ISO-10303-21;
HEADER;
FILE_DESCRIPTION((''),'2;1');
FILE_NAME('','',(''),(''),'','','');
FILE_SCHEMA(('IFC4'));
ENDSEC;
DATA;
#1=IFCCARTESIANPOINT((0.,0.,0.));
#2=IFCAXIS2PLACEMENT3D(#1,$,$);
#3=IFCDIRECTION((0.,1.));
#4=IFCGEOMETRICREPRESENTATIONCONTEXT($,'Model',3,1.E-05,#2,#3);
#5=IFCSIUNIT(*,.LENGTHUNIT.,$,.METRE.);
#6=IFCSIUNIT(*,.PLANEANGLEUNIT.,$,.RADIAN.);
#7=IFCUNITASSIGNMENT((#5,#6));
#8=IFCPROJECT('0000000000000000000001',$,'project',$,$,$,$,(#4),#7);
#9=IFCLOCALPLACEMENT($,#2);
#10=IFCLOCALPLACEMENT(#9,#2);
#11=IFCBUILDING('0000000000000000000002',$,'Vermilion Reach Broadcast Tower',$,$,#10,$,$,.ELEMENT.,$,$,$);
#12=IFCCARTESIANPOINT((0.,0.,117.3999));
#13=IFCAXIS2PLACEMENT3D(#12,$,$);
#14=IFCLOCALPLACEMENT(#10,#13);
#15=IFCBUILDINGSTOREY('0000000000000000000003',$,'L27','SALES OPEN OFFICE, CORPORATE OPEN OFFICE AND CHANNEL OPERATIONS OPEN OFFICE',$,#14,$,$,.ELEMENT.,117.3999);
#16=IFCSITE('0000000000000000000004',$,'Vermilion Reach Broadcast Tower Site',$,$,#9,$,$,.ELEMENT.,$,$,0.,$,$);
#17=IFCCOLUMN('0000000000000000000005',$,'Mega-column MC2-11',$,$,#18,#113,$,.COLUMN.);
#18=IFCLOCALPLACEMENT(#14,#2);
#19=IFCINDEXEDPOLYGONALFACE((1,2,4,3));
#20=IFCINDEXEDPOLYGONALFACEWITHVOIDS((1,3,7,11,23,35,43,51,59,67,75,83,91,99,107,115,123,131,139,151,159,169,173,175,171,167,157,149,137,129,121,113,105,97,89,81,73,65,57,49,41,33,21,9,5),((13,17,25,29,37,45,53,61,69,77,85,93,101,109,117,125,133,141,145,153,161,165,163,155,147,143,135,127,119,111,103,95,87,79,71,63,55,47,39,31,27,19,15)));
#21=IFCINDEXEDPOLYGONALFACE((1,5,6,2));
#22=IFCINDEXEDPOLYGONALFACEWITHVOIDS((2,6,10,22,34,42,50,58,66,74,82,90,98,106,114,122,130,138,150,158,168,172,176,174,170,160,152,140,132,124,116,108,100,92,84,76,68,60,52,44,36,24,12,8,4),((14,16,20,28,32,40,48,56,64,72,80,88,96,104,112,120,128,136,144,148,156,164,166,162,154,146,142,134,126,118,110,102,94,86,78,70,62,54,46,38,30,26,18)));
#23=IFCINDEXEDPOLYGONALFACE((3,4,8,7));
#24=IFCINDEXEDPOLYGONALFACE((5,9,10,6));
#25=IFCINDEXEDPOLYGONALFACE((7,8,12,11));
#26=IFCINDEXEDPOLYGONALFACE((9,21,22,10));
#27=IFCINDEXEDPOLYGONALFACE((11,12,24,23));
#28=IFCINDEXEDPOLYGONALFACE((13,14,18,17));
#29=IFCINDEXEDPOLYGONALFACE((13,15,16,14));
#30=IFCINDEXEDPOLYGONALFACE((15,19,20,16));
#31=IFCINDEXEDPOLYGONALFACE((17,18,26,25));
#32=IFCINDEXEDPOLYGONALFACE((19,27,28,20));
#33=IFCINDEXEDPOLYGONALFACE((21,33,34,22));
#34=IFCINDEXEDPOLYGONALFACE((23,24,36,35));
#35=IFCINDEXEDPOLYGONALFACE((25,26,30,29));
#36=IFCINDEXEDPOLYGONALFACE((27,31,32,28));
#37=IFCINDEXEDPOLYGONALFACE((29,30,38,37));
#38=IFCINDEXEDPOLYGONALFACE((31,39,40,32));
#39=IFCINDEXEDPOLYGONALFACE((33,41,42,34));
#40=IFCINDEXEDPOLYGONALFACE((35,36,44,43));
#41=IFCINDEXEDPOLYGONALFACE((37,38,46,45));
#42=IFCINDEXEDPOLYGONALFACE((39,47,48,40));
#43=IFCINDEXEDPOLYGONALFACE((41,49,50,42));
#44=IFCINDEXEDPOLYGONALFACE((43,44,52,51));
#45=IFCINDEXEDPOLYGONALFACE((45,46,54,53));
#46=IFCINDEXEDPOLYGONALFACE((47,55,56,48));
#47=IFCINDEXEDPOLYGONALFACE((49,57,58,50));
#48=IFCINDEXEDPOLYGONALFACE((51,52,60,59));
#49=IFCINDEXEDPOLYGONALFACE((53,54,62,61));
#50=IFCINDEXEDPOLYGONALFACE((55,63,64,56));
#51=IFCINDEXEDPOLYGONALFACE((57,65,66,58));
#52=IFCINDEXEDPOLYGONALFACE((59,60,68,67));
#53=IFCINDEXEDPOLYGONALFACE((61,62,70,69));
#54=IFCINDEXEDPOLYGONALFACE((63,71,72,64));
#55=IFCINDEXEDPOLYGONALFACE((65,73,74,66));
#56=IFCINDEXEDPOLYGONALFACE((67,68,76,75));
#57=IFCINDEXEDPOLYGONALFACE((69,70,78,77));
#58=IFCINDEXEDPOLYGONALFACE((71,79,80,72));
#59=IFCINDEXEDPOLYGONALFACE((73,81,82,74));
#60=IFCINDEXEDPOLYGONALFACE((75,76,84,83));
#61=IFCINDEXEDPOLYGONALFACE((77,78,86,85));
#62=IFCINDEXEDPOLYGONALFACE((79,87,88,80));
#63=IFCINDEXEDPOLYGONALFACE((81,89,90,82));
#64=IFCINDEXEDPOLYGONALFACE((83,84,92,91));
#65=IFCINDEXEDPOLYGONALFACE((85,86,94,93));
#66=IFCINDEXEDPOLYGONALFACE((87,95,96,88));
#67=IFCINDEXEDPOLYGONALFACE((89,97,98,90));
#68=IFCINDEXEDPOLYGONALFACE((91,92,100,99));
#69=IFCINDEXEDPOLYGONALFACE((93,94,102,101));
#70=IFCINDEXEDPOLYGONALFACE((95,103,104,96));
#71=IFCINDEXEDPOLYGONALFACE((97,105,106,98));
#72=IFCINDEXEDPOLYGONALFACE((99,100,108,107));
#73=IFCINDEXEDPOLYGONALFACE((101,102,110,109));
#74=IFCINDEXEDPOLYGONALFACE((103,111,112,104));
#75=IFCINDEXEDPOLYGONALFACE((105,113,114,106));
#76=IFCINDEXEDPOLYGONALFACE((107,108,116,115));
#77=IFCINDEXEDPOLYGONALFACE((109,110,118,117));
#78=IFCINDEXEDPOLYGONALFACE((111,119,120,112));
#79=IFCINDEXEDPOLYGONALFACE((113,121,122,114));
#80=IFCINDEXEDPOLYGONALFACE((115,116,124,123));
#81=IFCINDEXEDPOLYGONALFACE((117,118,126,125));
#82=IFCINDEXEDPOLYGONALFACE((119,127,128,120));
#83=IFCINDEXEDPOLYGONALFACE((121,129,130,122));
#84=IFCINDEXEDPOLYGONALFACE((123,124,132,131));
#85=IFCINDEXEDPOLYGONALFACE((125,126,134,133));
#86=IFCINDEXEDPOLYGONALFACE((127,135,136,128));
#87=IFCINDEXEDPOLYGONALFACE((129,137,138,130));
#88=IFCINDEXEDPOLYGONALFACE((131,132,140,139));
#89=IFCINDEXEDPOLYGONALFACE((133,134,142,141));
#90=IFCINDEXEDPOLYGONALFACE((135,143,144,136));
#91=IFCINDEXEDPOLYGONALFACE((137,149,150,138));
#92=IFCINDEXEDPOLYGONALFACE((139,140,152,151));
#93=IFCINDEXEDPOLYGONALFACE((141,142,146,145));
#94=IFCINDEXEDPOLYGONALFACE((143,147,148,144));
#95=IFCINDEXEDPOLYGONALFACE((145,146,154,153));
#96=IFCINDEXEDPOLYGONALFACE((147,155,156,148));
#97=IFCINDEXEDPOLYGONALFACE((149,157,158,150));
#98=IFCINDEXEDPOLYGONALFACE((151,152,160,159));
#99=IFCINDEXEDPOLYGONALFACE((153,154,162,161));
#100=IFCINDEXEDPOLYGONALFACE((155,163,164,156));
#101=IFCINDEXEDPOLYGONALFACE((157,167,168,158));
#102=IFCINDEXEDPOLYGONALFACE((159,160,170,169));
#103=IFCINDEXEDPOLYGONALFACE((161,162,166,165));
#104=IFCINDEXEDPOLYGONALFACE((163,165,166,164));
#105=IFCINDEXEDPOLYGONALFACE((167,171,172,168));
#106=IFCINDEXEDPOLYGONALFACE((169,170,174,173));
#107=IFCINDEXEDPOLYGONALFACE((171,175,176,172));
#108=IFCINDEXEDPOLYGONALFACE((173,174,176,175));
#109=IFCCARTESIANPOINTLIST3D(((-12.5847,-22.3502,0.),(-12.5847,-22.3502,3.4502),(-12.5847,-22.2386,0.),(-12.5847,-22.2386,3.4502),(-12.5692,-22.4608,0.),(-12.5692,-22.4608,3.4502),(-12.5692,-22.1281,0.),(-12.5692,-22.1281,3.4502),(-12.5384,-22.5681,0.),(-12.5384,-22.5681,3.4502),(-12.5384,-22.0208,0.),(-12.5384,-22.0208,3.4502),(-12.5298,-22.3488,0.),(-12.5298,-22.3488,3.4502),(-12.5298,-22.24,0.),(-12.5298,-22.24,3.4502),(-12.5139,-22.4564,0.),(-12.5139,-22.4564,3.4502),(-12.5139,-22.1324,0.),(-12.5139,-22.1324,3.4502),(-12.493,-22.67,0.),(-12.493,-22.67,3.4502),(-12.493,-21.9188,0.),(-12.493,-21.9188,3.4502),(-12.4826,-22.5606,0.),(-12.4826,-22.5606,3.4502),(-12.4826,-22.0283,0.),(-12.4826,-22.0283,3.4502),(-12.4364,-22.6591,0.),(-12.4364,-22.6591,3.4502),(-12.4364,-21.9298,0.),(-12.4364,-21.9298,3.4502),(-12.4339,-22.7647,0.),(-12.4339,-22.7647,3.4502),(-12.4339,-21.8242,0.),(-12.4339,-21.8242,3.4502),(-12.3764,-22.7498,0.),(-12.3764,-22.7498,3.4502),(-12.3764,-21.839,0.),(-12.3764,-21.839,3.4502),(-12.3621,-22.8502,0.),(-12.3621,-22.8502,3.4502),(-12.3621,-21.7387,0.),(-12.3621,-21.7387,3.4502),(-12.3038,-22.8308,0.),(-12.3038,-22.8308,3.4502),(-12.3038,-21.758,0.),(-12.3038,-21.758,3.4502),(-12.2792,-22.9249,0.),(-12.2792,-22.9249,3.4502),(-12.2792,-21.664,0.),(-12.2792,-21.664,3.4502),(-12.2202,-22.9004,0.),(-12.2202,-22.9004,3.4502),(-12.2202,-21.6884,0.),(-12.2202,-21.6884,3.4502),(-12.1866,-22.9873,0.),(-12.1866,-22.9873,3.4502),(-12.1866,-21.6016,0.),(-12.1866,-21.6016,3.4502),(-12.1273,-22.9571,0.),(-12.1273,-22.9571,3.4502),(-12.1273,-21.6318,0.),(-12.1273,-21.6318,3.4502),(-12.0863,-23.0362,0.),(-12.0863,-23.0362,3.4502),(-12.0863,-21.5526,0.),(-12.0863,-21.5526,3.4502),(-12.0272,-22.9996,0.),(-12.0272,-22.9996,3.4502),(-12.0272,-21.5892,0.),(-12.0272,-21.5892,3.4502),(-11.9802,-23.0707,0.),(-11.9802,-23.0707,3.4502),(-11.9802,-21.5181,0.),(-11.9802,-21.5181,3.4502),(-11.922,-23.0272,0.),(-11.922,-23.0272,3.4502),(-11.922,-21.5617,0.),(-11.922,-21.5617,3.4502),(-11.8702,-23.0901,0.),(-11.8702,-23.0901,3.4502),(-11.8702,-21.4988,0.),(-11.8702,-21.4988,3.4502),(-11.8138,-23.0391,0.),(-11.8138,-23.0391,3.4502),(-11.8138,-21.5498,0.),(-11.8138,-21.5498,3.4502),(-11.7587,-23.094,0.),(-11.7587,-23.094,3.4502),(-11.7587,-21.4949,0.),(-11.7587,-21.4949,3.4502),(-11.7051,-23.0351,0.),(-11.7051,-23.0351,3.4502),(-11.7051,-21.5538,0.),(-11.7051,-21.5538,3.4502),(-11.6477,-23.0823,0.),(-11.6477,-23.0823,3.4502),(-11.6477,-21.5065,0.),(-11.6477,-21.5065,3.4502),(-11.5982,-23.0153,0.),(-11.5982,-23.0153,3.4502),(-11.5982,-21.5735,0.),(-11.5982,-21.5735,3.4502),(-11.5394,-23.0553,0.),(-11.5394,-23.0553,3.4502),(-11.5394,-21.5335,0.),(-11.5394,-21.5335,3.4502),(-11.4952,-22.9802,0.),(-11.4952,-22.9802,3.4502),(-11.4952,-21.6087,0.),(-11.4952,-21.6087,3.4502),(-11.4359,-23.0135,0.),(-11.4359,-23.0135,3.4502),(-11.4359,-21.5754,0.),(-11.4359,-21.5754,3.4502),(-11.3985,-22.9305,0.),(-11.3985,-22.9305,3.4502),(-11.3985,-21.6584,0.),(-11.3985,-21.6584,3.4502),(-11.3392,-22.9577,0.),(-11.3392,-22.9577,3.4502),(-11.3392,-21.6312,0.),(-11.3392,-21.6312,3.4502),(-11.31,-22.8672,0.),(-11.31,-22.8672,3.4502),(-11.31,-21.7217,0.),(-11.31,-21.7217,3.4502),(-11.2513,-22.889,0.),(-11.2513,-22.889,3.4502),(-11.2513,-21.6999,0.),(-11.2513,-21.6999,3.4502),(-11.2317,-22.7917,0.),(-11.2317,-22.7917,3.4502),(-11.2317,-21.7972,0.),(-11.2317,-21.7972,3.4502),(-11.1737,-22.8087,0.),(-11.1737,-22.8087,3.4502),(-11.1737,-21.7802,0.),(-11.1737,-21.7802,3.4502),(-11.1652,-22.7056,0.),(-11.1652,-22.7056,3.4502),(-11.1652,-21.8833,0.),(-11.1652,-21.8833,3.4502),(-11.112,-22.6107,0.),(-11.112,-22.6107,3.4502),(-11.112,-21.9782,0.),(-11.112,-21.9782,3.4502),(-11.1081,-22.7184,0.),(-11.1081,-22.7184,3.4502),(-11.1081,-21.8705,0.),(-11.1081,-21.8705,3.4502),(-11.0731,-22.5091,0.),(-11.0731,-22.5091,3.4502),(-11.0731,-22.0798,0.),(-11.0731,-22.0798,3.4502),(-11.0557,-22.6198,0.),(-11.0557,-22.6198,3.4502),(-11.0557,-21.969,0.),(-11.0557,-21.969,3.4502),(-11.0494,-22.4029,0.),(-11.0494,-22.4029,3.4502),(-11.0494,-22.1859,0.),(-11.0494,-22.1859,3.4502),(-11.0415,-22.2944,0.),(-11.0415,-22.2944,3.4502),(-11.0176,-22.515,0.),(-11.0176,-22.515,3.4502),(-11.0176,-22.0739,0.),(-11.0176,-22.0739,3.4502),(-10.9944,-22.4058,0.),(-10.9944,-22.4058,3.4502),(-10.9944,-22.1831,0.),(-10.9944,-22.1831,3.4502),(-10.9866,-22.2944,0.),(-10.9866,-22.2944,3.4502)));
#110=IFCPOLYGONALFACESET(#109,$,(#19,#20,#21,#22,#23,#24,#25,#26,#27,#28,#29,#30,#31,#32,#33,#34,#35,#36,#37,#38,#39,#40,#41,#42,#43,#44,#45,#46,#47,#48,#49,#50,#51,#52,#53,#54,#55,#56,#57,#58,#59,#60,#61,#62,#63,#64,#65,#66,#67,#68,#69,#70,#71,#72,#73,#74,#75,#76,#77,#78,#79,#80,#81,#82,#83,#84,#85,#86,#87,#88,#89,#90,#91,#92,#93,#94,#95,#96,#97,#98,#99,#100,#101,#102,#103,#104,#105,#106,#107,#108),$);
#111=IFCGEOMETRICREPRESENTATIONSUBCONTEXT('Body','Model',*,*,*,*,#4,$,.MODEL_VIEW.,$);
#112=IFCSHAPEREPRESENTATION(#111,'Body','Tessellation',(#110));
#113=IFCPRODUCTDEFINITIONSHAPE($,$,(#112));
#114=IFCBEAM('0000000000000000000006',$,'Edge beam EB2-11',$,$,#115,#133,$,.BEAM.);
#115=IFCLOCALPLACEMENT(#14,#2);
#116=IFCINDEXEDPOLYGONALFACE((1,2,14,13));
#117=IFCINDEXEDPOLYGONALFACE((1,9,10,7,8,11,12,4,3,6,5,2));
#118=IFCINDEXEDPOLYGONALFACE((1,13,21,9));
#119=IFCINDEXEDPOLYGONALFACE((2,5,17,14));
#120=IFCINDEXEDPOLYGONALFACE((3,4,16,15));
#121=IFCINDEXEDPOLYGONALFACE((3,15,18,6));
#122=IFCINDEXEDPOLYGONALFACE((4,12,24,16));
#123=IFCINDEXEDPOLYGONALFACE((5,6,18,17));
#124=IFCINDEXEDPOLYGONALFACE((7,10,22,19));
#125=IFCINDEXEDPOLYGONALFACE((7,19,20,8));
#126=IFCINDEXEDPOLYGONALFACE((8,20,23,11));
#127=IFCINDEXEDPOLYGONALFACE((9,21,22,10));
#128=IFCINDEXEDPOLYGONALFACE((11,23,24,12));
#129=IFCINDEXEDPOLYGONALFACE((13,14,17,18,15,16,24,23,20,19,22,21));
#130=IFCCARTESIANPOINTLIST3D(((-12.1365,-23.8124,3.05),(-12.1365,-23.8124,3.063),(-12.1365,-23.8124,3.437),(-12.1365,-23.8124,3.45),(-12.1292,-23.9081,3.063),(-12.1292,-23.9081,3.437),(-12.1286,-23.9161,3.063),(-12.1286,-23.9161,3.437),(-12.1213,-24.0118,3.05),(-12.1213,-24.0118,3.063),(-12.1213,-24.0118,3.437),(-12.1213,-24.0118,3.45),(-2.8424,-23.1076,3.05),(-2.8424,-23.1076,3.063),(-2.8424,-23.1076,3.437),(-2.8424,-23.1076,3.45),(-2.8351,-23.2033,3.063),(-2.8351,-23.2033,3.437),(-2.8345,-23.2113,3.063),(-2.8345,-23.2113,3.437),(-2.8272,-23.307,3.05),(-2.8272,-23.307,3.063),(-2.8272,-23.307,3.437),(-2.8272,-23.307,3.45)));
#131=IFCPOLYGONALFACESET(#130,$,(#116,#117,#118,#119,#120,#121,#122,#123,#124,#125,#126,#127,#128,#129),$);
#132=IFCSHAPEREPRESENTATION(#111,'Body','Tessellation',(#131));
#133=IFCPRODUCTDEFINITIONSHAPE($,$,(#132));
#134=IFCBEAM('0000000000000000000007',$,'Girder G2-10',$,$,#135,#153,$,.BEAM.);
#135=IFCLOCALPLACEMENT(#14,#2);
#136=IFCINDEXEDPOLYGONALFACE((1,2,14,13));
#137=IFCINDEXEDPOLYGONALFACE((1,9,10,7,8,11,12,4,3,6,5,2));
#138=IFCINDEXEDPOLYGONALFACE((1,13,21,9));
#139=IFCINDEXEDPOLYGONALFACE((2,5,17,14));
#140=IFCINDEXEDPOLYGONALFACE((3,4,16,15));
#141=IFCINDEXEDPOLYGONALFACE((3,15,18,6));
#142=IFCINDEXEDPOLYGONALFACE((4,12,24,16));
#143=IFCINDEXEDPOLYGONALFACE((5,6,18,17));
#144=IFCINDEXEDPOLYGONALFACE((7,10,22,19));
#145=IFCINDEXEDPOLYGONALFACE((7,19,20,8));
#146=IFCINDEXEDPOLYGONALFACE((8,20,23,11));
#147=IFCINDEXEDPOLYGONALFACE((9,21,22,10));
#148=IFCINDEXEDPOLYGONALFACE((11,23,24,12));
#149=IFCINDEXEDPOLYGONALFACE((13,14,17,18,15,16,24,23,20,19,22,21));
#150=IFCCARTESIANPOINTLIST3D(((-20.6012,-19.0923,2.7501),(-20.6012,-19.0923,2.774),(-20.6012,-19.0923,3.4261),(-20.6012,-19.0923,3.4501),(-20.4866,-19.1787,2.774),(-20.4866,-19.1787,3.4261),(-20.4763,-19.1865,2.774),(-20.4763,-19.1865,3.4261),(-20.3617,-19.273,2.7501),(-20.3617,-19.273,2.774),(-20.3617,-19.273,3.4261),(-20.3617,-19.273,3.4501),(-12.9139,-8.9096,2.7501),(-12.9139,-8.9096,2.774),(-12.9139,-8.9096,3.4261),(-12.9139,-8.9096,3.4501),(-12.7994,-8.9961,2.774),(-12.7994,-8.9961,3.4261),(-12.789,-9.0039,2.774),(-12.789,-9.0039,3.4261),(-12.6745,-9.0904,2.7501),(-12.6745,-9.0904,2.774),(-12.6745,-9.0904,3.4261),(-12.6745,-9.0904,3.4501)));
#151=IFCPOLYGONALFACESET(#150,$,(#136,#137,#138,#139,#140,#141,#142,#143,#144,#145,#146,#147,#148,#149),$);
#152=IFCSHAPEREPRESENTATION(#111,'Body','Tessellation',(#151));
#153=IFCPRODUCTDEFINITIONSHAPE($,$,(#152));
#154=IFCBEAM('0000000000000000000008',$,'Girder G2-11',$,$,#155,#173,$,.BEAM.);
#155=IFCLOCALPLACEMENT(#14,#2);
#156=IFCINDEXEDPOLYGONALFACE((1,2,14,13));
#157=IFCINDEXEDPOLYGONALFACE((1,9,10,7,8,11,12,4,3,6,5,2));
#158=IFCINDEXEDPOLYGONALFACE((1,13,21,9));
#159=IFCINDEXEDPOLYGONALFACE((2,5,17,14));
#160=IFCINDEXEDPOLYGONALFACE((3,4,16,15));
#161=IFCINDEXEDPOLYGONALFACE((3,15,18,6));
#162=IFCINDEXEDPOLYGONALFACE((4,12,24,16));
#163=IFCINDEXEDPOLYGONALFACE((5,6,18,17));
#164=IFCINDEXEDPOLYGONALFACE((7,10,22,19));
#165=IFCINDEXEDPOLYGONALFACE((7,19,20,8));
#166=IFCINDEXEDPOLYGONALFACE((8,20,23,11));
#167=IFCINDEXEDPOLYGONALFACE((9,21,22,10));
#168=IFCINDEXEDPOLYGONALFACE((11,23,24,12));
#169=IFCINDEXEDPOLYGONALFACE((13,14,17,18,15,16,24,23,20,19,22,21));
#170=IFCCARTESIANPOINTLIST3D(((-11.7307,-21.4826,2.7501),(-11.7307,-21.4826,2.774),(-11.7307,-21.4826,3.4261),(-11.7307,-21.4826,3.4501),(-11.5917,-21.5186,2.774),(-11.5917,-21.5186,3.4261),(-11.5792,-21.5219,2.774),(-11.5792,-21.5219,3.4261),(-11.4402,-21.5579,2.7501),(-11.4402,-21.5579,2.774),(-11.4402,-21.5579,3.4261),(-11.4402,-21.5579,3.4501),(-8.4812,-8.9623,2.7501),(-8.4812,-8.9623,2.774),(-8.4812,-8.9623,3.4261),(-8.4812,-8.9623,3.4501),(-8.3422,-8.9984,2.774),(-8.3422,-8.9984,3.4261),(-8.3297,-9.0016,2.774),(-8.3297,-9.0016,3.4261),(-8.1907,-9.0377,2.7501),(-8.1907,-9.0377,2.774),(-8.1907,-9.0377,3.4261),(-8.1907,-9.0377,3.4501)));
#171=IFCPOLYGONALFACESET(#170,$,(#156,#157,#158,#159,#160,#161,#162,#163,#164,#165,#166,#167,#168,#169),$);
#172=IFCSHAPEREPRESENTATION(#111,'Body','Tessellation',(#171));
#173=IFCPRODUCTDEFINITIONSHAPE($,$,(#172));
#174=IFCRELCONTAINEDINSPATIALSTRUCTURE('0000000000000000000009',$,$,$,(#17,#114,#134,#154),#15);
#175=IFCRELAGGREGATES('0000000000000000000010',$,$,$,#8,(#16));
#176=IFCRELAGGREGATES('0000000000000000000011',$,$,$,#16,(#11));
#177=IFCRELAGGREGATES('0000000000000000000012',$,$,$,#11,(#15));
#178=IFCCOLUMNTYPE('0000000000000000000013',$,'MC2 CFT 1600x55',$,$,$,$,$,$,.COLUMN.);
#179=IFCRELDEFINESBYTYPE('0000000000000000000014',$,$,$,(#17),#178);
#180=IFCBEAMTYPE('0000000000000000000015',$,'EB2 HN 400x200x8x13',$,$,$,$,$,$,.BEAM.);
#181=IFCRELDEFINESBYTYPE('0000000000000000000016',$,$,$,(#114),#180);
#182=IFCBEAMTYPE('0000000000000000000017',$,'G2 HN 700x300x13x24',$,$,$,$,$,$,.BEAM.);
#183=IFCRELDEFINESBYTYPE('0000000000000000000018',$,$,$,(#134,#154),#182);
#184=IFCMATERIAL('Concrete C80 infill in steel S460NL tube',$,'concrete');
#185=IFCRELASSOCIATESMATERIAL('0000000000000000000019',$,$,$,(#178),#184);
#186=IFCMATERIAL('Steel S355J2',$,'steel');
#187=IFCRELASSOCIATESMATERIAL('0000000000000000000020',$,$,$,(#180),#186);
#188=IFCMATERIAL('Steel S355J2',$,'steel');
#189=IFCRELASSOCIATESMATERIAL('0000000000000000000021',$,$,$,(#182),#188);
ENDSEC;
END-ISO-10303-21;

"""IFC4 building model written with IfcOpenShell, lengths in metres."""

from ifc_helpers import new_model, si_unit, direction, frame, origin, origin_2d, place, context, subcontext, project, spatial, hollow_circle, i_section, extrude, material, material_profile, profile_set, type_object, element, save


model = new_model("IFC4")

# Units and contexts
model_context = context("Model", 3, precision=1e-05, world=origin(), true_north=direction((0.0, 1.0)))
body_context = subcontext(model_context, "Body", "Model", "MODEL_VIEW")
ifc_project = project(units=[si_unit("LENGTHUNIT", "METRE"), si_unit("PLANEANGLEUNIT", "RADIAN")], contexts=[model_context])

# Site, building, storey
site_placement = place(None, origin())
site = spatial("IfcSite", under=ifc_project, at=site_placement, Name="Vermilion Reach Broadcast Tower Site", CompositionType="ELEMENT", RefElevation=0.0)
building_placement = place(site_placement, origin())
building = spatial("IfcBuilding", under=site, at=building_placement, Name="Vermilion Reach Broadcast Tower", CompositionType="ELEMENT")
storey_placement = place(building_placement, frame((0.0, 0.0, 117.3999)))
storey = spatial("IfcBuildingStorey", under=building, at=storey_placement, Name="L27", Description="SALES OPEN OFFICE, CORPORATE OPEN OFFICE AND CHANNEL OPERATIONS OPEN OFFICE", CompositionType="ELEMENT", Elevation=117.3999)

# Column
ifc_material_1 = material(Name="Concrete C80 infill in steel S460NL tube", Category="concrete")
ifc_material_profile_1 = material_profile(ifc_material_1, hollow_circle(Radius=0.8, WallThickness=0.0549, at=origin_2d()), Name="Concrete C80 infill in steel S460NL tube CFT 1600x55")
ifc_profile_set_1 = profile_set([ifc_material_profile_1], Name="Concrete C80 infill in steel S460NL tube")
column_type = type_object("IfcColumnType", Name="MC2 CFT 1600x55", PredefinedType="COLUMN", material=ifc_profile_set_1)
column_placement = place(storey_placement, frame((-11.7866, -22.2944, 0.0), z_axis=(0.0, 0.0, 1.0), x_axis=(1.0, 0.0, 0.0)))
element("IfcColumn", 1, at=column_placement, inside=storey, type_object=column_type, Name="Mega-column MC2-11", PredefinedType="COLUMN", context=body_context, shape_type="SweptSolid", body=[
    extrude(hollow_circle(Radius=0.8, WallThickness=0.0549, at=origin_2d()), origin(), (0.0, 0.0, 1.0), 3.4502),
])

# Beams
ifc_material_2 = material(Name="Steel S355J2", Category="steel")
ifc_material_profile_2 = material_profile(ifc_material_2, i_section(OverallWidth=0.2, OverallDepth=0.3999, WebThickness=0.0081, FlangeThickness=0.0129, at=origin_2d()), Name="S355J2 HN 400x200x8x13")
ifc_profile_set_2 = profile_set([ifc_material_profile_2], Name="Steel S355J2")
beam_type_1 = type_object("IfcBeamType", Name="EB2 HN 400x200x8x13", PredefinedType="BEAM", material=ifc_profile_set_2)
beam_1_placement = place(storey_placement, frame((-12.1289, -23.9121, 3.25), z_axis=(0.997137, 0.075619, 0.0), x_axis=(-0.075619, 0.997137, 0.0)))
element("IfcBeam", 2, at=beam_1_placement, inside=storey, type_object=beam_type_1, Name="Edge beam EB2-11", PredefinedType="BEAM", context=body_context, shape_type="SweptSolid", body=[
    extrude(i_section(OverallWidth=0.2, OverallDepth=0.3999, WebThickness=0.0081, FlangeThickness=0.0129, at=origin_2d()), origin(), (0.0, 0.0, 1.0), 9.3208),
])
ifc_material_3 = material(Name="Steel S355J2", Category="steel")
ifc_material_profile_3 = material_profile(ifc_material_3, i_section(OverallWidth=0.3, OverallDepth=0.7, WebThickness=0.0129, FlangeThickness=0.0239, at=origin_2d()), Name="S355J2 HN 700x300x13x24")
ifc_profile_set_3 = profile_set([ifc_material_profile_3], Name="Steel S355J2")
beam_type_2 = type_object("IfcBeamType", Name="G2 HN 700x300x13x24", PredefinedType="BEAM", material=ifc_profile_set_3)
beam_2_placement = place(storey_placement, frame((-12.7942, -9.0, 3.1001), z_axis=(-0.60252, -0.798104, 0.0), x_axis=(0.798104, -0.60252, 0.0)))
element("IfcBeam", 3, at=beam_2_placement, inside=storey, type_object=beam_type_2, Name="Girder G2-10", PredefinedType="BEAM", context=body_context, shape_type="SweptSolid", body=[
    extrude(i_section(OverallWidth=0.3, OverallDepth=0.7, WebThickness=0.0129, FlangeThickness=0.0239, at=origin_2d()), origin(), (0.0, 0.0, 1.0), 12.7585),
])
beam_3_placement = place(storey_placement, frame((-8.3359, -9.0, 3.1001), z_axis=(-0.251217, -0.967931, 0.0), x_axis=(0.967931, -0.251217, 0.0)))
element("IfcBeam", 4, at=beam_3_placement, inside=storey, type_object=beam_type_2, Name="Girder G2-11", PredefinedType="BEAM", context=body_context, shape_type="SweptSolid", body=[
    extrude(i_section(OverallWidth=0.3, OverallDepth=0.7, WebThickness=0.0129, FlangeThickness=0.0239, at=origin_2d()), origin(), (0.0, 0.0, 1.0), 12.9351),
])

save(model, "model.ifc")
